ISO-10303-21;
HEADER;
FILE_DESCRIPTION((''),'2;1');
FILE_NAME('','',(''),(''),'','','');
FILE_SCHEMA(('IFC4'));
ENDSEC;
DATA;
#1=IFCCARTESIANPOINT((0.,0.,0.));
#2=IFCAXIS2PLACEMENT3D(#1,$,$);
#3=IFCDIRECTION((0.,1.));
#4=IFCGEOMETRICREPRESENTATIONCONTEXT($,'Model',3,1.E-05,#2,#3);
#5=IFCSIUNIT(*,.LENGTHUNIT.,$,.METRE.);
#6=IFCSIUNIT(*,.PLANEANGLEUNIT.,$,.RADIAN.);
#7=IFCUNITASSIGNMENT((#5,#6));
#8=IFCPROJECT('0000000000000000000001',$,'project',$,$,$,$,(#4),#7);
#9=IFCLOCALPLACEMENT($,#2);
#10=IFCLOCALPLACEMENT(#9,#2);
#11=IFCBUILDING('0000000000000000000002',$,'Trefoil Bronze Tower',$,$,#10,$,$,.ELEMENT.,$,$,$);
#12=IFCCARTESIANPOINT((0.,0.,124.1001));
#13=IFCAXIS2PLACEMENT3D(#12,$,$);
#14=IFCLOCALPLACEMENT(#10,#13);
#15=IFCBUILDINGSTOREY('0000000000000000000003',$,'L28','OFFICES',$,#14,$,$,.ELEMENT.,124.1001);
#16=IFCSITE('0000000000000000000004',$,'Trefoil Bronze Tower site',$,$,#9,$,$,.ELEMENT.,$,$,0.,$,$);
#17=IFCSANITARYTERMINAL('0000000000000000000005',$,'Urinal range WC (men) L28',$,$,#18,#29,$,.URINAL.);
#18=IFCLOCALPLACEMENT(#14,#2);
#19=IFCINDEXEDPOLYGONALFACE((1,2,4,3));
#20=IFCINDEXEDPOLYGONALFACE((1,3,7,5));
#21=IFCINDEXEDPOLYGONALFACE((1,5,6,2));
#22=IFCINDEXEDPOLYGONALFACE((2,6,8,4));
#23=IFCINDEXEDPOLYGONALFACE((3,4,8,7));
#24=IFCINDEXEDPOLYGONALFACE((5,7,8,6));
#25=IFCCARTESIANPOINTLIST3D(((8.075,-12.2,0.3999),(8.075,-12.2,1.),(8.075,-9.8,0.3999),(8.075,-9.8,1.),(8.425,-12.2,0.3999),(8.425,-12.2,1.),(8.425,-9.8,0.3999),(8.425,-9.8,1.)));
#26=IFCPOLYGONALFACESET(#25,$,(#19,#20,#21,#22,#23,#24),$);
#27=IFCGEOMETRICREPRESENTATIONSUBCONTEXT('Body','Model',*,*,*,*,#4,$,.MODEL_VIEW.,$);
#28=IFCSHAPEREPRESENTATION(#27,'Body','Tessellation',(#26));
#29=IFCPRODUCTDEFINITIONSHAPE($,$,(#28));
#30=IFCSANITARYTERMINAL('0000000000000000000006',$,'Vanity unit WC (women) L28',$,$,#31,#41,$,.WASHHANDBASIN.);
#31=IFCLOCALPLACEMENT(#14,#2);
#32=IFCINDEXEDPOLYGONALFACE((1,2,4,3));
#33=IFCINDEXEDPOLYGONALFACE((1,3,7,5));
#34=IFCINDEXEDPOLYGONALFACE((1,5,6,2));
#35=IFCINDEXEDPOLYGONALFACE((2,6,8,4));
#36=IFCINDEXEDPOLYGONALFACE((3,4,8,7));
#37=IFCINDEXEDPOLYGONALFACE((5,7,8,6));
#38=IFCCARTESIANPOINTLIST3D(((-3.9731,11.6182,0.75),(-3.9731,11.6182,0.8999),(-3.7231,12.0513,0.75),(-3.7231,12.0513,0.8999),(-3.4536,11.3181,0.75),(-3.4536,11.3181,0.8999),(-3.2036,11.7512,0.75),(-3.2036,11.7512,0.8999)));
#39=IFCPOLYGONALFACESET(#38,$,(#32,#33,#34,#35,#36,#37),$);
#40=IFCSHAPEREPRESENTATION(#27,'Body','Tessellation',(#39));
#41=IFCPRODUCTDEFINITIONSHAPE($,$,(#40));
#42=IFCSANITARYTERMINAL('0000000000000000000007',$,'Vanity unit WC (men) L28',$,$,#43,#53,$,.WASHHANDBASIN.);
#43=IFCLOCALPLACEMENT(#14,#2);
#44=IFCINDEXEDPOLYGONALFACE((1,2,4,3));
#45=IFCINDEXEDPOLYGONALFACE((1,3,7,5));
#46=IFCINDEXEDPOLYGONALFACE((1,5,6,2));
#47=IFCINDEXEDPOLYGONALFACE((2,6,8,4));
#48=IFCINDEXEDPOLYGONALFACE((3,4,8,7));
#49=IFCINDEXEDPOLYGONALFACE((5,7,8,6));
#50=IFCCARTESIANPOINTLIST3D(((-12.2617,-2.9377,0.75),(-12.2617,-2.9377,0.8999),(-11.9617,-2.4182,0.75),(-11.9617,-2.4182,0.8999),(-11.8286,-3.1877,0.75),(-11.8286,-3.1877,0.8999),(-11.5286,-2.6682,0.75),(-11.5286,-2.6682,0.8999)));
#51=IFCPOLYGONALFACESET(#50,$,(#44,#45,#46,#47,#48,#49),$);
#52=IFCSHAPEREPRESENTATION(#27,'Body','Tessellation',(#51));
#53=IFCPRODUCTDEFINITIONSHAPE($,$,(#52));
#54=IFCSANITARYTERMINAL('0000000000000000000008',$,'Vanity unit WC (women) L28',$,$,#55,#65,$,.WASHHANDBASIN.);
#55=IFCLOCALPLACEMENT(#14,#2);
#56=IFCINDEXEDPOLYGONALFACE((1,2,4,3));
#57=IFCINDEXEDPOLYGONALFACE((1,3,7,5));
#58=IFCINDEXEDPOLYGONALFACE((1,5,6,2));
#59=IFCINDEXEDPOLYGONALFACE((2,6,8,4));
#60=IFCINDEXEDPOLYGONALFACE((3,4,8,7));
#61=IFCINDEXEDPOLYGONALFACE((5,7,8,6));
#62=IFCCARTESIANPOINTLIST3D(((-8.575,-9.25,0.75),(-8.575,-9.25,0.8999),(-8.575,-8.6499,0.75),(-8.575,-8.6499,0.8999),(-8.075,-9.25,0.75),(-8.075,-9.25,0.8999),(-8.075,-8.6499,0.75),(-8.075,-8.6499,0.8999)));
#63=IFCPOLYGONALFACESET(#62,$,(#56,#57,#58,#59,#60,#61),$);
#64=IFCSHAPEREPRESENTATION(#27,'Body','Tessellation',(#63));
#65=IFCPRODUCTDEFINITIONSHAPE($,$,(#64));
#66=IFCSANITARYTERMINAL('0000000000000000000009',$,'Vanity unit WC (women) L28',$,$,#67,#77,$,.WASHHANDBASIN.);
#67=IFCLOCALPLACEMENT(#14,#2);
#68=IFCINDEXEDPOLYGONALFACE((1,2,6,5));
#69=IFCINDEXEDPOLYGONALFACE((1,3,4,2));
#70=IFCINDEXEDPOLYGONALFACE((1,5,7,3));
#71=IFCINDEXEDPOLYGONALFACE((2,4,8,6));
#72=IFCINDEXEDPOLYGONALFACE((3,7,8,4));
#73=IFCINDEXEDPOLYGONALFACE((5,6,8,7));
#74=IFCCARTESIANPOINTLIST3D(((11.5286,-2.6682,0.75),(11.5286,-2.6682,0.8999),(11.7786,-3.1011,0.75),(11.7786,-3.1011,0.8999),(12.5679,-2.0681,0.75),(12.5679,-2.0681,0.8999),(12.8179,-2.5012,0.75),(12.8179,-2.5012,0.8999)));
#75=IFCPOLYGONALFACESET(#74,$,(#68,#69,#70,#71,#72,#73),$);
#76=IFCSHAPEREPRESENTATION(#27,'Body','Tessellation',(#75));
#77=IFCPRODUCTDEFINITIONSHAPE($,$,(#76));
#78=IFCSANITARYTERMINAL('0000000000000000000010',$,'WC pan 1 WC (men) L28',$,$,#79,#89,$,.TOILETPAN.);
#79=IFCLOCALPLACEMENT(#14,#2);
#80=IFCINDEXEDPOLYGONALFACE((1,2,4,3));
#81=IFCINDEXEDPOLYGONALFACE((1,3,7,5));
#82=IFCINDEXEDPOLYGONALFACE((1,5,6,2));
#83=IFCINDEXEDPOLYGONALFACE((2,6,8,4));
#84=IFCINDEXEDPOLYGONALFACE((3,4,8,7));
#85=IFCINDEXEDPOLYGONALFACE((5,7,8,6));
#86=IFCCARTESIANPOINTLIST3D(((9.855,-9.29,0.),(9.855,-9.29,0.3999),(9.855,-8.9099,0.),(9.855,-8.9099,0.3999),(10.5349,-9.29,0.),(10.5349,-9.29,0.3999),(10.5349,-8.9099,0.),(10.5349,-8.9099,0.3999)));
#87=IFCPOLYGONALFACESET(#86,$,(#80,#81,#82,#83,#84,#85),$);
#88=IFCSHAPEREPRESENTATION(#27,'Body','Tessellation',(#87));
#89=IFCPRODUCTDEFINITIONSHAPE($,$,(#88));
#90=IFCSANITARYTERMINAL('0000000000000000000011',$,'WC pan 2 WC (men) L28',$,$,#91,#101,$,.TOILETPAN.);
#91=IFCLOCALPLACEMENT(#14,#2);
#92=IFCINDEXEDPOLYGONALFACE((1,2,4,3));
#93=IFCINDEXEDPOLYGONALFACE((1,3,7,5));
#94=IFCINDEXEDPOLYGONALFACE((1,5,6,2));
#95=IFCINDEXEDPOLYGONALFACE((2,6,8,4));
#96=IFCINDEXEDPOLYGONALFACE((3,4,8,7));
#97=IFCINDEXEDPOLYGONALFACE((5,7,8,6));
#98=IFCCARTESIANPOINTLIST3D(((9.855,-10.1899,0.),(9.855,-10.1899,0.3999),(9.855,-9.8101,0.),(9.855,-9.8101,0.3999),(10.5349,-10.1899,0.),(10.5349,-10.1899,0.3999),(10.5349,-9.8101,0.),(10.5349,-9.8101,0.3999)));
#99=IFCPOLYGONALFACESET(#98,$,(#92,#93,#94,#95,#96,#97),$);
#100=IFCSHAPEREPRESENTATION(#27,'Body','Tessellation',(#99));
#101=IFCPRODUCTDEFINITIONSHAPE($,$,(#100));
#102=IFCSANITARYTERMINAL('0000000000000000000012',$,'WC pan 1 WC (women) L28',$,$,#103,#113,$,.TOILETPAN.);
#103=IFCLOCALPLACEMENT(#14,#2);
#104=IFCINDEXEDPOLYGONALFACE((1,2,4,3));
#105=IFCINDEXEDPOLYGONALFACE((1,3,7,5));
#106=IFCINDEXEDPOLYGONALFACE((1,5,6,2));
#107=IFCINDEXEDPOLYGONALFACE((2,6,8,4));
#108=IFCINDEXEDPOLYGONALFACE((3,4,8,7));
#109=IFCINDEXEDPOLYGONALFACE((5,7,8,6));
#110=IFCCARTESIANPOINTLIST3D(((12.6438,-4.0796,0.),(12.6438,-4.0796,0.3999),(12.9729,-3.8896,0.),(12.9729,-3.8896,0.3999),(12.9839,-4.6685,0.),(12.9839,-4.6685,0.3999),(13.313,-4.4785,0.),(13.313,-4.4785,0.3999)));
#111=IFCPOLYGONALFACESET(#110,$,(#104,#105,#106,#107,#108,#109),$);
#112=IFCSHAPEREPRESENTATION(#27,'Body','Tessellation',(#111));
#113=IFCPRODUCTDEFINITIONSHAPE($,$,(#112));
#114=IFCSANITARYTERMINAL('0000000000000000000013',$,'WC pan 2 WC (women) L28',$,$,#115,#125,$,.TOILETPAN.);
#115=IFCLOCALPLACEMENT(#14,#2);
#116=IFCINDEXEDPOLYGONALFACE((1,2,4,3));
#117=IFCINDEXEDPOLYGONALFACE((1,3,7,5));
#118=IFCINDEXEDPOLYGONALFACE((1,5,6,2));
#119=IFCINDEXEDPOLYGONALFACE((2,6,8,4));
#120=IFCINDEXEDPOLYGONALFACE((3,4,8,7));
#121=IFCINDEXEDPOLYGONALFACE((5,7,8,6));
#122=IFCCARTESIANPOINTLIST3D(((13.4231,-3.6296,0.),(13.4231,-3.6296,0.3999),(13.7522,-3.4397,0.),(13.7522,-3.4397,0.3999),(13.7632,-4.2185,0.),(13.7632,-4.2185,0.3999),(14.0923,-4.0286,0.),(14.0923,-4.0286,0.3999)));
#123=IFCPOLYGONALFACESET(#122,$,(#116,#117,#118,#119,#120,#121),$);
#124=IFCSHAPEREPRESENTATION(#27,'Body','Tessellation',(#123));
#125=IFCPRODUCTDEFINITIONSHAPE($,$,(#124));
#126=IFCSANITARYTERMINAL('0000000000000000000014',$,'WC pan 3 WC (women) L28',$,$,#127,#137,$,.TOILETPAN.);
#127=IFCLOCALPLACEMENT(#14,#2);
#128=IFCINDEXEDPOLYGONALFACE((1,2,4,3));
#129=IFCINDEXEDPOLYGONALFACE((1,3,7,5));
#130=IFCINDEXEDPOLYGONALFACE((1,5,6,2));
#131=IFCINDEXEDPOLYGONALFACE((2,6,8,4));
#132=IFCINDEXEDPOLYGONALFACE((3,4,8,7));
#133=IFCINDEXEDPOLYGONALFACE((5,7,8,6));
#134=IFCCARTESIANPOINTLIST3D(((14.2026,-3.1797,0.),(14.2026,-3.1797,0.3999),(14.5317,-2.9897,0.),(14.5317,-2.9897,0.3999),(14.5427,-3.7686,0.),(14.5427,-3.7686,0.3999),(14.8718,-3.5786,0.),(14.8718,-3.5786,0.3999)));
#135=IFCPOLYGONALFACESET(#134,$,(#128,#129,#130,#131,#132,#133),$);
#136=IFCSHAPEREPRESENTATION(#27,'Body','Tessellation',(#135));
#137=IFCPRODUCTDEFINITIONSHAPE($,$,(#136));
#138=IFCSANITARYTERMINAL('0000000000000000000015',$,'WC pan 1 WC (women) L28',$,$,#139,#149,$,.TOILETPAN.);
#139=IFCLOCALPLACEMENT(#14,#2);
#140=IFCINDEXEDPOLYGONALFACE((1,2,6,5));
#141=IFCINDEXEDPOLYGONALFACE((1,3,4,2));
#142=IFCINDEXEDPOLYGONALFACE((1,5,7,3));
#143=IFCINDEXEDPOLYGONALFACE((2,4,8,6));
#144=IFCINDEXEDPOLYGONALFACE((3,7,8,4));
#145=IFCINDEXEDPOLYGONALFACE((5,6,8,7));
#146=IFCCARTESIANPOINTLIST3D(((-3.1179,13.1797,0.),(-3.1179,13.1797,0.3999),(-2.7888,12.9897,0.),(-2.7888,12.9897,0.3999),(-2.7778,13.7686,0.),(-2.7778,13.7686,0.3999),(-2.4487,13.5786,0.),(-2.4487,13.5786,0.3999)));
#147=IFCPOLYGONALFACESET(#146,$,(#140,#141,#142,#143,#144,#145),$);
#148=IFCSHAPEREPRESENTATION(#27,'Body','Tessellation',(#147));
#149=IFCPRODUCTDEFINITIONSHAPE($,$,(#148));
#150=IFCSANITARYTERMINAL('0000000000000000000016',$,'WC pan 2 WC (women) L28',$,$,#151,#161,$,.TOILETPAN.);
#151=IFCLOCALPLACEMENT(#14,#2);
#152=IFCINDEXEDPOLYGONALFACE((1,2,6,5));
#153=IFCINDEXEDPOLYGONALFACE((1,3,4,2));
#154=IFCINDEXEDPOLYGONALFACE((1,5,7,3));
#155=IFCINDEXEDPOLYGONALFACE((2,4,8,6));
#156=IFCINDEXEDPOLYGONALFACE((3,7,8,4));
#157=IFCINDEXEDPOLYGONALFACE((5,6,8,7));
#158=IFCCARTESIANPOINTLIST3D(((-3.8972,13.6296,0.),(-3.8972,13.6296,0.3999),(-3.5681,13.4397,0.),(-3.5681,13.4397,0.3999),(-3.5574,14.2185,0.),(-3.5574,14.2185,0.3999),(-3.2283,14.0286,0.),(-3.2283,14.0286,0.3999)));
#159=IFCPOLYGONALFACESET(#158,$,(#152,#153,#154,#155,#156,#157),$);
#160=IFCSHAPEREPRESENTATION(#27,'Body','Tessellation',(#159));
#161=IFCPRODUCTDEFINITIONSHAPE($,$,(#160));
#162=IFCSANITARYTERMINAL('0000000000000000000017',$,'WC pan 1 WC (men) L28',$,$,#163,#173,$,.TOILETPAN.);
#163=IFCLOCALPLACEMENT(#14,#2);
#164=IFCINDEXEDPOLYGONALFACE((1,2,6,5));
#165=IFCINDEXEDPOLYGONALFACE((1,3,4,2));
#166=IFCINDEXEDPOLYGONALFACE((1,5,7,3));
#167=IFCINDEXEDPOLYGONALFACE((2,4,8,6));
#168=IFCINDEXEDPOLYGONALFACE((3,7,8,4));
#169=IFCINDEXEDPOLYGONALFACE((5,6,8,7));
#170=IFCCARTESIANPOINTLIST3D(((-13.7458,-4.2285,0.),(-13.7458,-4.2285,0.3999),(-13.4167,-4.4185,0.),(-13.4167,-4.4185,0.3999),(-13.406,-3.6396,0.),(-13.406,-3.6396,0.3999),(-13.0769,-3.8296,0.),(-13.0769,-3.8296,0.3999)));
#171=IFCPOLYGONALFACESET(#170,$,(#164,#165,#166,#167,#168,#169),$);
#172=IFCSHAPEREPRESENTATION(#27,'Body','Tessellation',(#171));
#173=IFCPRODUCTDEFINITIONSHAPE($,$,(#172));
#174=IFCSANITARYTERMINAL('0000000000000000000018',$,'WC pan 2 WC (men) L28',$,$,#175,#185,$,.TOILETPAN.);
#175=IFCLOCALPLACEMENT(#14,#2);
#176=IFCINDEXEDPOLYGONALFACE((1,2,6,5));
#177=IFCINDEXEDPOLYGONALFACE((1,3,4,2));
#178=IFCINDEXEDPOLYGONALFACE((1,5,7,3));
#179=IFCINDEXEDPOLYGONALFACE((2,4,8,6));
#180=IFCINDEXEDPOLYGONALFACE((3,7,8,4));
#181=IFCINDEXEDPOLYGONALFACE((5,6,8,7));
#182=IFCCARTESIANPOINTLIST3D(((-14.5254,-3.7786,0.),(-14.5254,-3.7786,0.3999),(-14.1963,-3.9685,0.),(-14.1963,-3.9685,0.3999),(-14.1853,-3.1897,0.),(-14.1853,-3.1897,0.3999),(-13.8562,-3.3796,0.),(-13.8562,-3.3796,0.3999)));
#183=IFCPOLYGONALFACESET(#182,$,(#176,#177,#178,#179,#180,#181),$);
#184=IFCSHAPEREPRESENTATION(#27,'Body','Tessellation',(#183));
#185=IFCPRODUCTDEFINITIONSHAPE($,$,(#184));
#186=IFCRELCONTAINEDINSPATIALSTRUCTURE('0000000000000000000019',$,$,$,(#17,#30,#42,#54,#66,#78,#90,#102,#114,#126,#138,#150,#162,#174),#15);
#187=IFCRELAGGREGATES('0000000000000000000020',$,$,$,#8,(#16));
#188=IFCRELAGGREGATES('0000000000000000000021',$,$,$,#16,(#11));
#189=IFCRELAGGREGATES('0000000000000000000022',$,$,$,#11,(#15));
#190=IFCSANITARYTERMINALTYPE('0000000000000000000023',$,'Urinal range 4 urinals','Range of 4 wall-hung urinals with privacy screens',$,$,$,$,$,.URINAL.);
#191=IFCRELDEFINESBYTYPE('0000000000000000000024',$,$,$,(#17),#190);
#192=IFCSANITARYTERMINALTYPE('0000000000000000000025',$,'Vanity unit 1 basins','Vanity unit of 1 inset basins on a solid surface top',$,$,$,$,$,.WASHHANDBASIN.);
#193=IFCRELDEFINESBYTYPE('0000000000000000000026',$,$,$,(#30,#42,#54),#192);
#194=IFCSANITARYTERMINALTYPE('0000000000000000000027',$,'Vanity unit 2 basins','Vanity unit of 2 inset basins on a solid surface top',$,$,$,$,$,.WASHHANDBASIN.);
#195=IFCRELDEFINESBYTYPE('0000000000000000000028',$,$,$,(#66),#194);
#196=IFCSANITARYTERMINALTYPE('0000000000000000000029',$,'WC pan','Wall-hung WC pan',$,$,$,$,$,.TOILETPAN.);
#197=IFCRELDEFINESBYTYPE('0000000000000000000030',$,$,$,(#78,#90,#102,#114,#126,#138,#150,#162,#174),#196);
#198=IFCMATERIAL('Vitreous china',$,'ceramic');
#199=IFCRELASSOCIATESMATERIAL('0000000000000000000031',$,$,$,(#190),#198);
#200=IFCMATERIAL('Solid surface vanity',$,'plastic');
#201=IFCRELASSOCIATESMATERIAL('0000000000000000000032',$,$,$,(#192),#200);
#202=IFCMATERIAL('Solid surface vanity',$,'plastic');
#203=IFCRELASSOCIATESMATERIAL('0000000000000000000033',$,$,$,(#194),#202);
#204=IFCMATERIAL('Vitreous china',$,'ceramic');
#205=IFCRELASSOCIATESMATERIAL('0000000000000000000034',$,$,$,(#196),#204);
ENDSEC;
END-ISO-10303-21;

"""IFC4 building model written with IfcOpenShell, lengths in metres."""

from ifc_helpers import new_model, si_unit, direction, frame, origin, place, context, subcontext, project, spatial, polyline, outline, extrude, material, type_object, element, save


model = new_model("IFC4")

# Units and contexts
model_context = context("Model", 3, precision=1e-05, world=origin(), true_north=direction((0.0, 1.0)))
body_context = subcontext(model_context, "Body", "Model", "MODEL_VIEW")
ifc_project = project(units=[si_unit("LENGTHUNIT", "METRE"), si_unit("PLANEANGLEUNIT", "RADIAN")], contexts=[model_context])

# Site, building, storey
site_placement = place(None, origin())
site = spatial("IfcSite", under=ifc_project, at=site_placement, Name="Trefoil Bronze Tower site", CompositionType="ELEMENT", RefElevation=0.0)
building_placement = place(site_placement, origin())
building = spatial("IfcBuilding", under=site, at=building_placement, Name="Trefoil Bronze Tower", CompositionType="ELEMENT")
storey_placement = place(building_placement, frame((0.0, 0.0, 124.1001)))
storey = spatial("IfcBuildingStorey", under=building, at=storey_placement, Name="L28", Description="OFFICES", CompositionType="ELEMENT", Elevation=124.1001)

# Sanitary terminals
ifc_material_1 = material(Name="Vitreous china", Category="ceramic")
sanitary_terminal_type_1 = type_object("IfcSanitaryTerminalType", Name="Urinal range 4 urinals", Description="Range of 4 wall-hung urinals with privacy screens", PredefinedType="URINAL", material=ifc_material_1)
sanitary_terminal_1_placement = place(storey_placement, frame((0.0, 0.0, 0.3999)))
element("IfcSanitaryTerminal", 1, at=sanitary_terminal_1_placement, inside=storey, type_object=sanitary_terminal_type_1, Name="Urinal range WC (men) L28", PredefinedType="URINAL", context=body_context, shape_type="SweptSolid", body=[
    extrude(outline(polyline([(8.075, -9.8), (8.425, -9.8), (8.425, -12.2), (8.075, -12.2), (8.075, -9.8)])), origin(), (0.0, 0.0, 1.0), 0.6001),
])
ifc_material_2 = material(Name="Solid surface vanity", Category="plastic")
sanitary_terminal_type_2 = type_object("IfcSanitaryTerminalType", Name="Vanity unit 1 basins", Description="Vanity unit of 1 inset basins on a solid surface top", PredefinedType="WASHHANDBASIN", material=ifc_material_2)
sanitary_terminal_2_placement = place(storey_placement, frame((0.0, 0.0, 0.75)))
element("IfcSanitaryTerminal", 2, at=sanitary_terminal_2_placement, inside=storey, type_object=sanitary_terminal_type_2, Name="Vanity unit WC (women) L28", PredefinedType="WASHHANDBASIN", context=body_context, shape_type="SweptSolid", body=[
    extrude(outline(polyline([(-3.4536, 11.3181), (-3.2036, 11.7512), (-3.7231, 12.0513), (-3.9731, 11.6182), (-3.4536, 11.3181)])), origin(), (0.0, 0.0, 1.0), 0.1499),
])
sanitary_terminal_3_placement = place(storey_placement, frame((0.0, 0.0, 0.75)))
element("IfcSanitaryTerminal", 3, at=sanitary_terminal_3_placement, inside=storey, type_object=sanitary_terminal_type_2, Name="Vanity unit WC (men) L28", PredefinedType="WASHHANDBASIN", context=body_context, shape_type="SweptSolid", body=[
    extrude(outline(polyline([(-11.5286, -2.6682), (-11.8286, -3.1877), (-12.2617, -2.9377), (-11.9617, -2.4182), (-11.5286, -2.6682)])), origin(), (0.0, 0.0, 1.0), 0.1499),
])
sanitary_terminal_4_placement = place(storey_placement, frame((0.0, 0.0, 0.75)))
element("IfcSanitaryTerminal", 4, at=sanitary_terminal_4_placement, inside=storey, type_object=sanitary_terminal_type_2, Name="Vanity unit WC (women) L28", PredefinedType="WASHHANDBASIN", context=body_context, shape_type="SweptSolid", body=[
    extrude(outline(polyline([(-8.075, -8.6499), (-8.575, -8.6499), (-8.575, -9.25), (-8.075, -9.25), (-8.075, -8.6499)])), origin(), (0.0, 0.0, 1.0), 0.1499),
])
ifc_material_3 = material(Name="Solid surface vanity", Category="plastic")
sanitary_terminal_type_3 = type_object("IfcSanitaryTerminalType", Name="Vanity unit 2 basins", Description="Vanity unit of 2 inset basins on a solid surface top", PredefinedType="WASHHANDBASIN", material=ifc_material_3)
sanitary_terminal_5_placement = place(storey_placement, frame((0.0, 0.0, 0.75)))
element("IfcSanitaryTerminal", 5, at=sanitary_terminal_5_placement, inside=storey, type_object=sanitary_terminal_type_3, Name="Vanity unit WC (women) L28", PredefinedType="WASHHANDBASIN", context=body_context, shape_type="SweptSolid", body=[
    extrude(outline(polyline([(11.5286, -2.6682), (11.7786, -3.1011), (12.8179, -2.5012), (12.5679, -2.0681), (11.5286, -2.6682)])), origin(), (0.0, 0.0, 1.0), 0.1499),
])
ifc_material_4 = material(Name="Vitreous china", Category="ceramic")
sanitary_terminal_type_4 = type_object("IfcSanitaryTerminalType", Name="WC pan", Description="Wall-hung WC pan", PredefinedType="TOILETPAN", material=ifc_material_4)
sanitary_terminal_6_placement = place(storey_placement, origin())
element("IfcSanitaryTerminal", 6, at=sanitary_terminal_6_placement, inside=storey, type_object=sanitary_terminal_type_4, Name="WC pan 1 WC (men) L28", PredefinedType="TOILETPAN", context=body_context, shape_type="SweptSolid", body=[
    extrude(outline(polyline([(9.855, -8.9099), (10.5349, -8.9099), (10.5349, -9.29), (9.855, -9.29), (9.855, -8.9099)])), origin(), (0.0, 0.0, 1.0), 0.3999),
])
sanitary_terminal_7_placement = place(storey_placement, origin())
element("IfcSanitaryTerminal", 7, at=sanitary_terminal_7_placement, inside=storey, type_object=sanitary_terminal_type_4, Name="WC pan 2 WC (men) L28", PredefinedType="TOILETPAN", context=body_context, shape_type="SweptSolid", body=[
    extrude(outline(polyline([(9.855, -9.8101), (10.5349, -9.8101), (10.5349, -10.1899), (9.855, -10.1899), (9.855, -9.8101)])), origin(), (0.0, 0.0, 1.0), 0.3999),
])
sanitary_terminal_8_placement = place(storey_placement, origin())
element("IfcSanitaryTerminal", 8, at=sanitary_terminal_8_placement, inside=storey, type_object=sanitary_terminal_type_4, Name="WC pan 1 WC (women) L28", PredefinedType="TOILETPAN", context=body_context, shape_type="SweptSolid", body=[
    extrude(outline(polyline([(12.6438, -4.0796), (12.9839, -4.6685), (13.313, -4.4785), (12.9729, -3.8896), (12.6438, -4.0796)])), origin(), (0.0, 0.0, 1.0), 0.3999),
])
sanitary_terminal_9_placement = place(storey_placement, origin())
element("IfcSanitaryTerminal", 9, at=sanitary_terminal_9_placement, inside=storey, type_object=sanitary_terminal_type_4, Name="WC pan 2 WC (women) L28", PredefinedType="TOILETPAN", context=body_context, shape_type="SweptSolid", body=[
    extrude(outline(polyline([(13.4231, -3.6296), (13.7632, -4.2185), (14.0923, -4.0286), (13.7522, -3.4397), (13.4231, -3.6296)])), origin(), (0.0, 0.0, 1.0), 0.3999),
])
sanitary_terminal_10_placement = place(storey_placement, origin())
element("IfcSanitaryTerminal", 10, at=sanitary_terminal_10_placement, inside=storey, type_object=sanitary_terminal_type_4, Name="WC pan 3 WC (women) L28", PredefinedType="TOILETPAN", context=body_context, shape_type="SweptSolid", body=[
    extrude(outline(polyline([(14.2026, -3.1797), (14.5427, -3.7686), (14.8718, -3.5786), (14.5317, -2.9897), (14.2026, -3.1797)])), origin(), (0.0, 0.0, 1.0), 0.3999),
])
sanitary_terminal_11_placement = place(storey_placement, origin())
element("IfcSanitaryTerminal", 11, at=sanitary_terminal_11_placement, inside=storey, type_object=sanitary_terminal_type_4, Name="WC pan 1 WC (women) L28", PredefinedType="TOILETPAN", context=body_context, shape_type="SweptSolid", body=[
    extrude(outline(polyline([(-2.7888, 12.9897), (-2.4487, 13.5786), (-2.7778, 13.7686), (-3.1179, 13.1797), (-2.7888, 12.9897)])), origin(), (0.0, 0.0, 1.0), 0.3999),
])
sanitary_terminal_12_placement = place(storey_placement, origin())
element("IfcSanitaryTerminal", 12, at=sanitary_terminal_12_placement, inside=storey, type_object=sanitary_terminal_type_4, Name="WC pan 2 WC (women) L28", PredefinedType="TOILETPAN", context=body_context, shape_type="SweptSolid", body=[
    extrude(outline(polyline([(-3.5681, 13.4397), (-3.2283, 14.0286), (-3.5574, 14.2185), (-3.8972, 13.6296), (-3.5681, 13.4397)])), origin(), (0.0, 0.0, 1.0), 0.3999),
])
sanitary_terminal_13_placement = place(storey_placement, origin())
element("IfcSanitaryTerminal", 13, at=sanitary_terminal_13_placement, inside=storey, type_object=sanitary_terminal_type_4, Name="WC pan 1 WC (men) L28", PredefinedType="TOILETPAN", context=body_context, shape_type="SweptSolid", body=[
    extrude(outline(polyline([(-13.0769, -3.8296), (-13.4167, -4.4185), (-13.7458, -4.2285), (-13.406, -3.6396), (-13.0769, -3.8296)])), origin(), (0.0, 0.0, 1.0), 0.3999),
])
sanitary_terminal_14_placement = place(storey_placement, origin())
element("IfcSanitaryTerminal", 14, at=sanitary_terminal_14_placement, inside=storey, type_object=sanitary_terminal_type_4, Name="WC pan 2 WC (men) L28", PredefinedType="TOILETPAN", context=body_context, shape_type="SweptSolid", body=[
    extrude(outline(polyline([(-13.8562, -3.3796), (-14.1963, -3.9685), (-14.5254, -3.7786), (-14.1853, -3.1897), (-13.8562, -3.3796)])), origin(), (0.0, 0.0, 1.0), 0.3999),
])

save(model, "model.ifc")
